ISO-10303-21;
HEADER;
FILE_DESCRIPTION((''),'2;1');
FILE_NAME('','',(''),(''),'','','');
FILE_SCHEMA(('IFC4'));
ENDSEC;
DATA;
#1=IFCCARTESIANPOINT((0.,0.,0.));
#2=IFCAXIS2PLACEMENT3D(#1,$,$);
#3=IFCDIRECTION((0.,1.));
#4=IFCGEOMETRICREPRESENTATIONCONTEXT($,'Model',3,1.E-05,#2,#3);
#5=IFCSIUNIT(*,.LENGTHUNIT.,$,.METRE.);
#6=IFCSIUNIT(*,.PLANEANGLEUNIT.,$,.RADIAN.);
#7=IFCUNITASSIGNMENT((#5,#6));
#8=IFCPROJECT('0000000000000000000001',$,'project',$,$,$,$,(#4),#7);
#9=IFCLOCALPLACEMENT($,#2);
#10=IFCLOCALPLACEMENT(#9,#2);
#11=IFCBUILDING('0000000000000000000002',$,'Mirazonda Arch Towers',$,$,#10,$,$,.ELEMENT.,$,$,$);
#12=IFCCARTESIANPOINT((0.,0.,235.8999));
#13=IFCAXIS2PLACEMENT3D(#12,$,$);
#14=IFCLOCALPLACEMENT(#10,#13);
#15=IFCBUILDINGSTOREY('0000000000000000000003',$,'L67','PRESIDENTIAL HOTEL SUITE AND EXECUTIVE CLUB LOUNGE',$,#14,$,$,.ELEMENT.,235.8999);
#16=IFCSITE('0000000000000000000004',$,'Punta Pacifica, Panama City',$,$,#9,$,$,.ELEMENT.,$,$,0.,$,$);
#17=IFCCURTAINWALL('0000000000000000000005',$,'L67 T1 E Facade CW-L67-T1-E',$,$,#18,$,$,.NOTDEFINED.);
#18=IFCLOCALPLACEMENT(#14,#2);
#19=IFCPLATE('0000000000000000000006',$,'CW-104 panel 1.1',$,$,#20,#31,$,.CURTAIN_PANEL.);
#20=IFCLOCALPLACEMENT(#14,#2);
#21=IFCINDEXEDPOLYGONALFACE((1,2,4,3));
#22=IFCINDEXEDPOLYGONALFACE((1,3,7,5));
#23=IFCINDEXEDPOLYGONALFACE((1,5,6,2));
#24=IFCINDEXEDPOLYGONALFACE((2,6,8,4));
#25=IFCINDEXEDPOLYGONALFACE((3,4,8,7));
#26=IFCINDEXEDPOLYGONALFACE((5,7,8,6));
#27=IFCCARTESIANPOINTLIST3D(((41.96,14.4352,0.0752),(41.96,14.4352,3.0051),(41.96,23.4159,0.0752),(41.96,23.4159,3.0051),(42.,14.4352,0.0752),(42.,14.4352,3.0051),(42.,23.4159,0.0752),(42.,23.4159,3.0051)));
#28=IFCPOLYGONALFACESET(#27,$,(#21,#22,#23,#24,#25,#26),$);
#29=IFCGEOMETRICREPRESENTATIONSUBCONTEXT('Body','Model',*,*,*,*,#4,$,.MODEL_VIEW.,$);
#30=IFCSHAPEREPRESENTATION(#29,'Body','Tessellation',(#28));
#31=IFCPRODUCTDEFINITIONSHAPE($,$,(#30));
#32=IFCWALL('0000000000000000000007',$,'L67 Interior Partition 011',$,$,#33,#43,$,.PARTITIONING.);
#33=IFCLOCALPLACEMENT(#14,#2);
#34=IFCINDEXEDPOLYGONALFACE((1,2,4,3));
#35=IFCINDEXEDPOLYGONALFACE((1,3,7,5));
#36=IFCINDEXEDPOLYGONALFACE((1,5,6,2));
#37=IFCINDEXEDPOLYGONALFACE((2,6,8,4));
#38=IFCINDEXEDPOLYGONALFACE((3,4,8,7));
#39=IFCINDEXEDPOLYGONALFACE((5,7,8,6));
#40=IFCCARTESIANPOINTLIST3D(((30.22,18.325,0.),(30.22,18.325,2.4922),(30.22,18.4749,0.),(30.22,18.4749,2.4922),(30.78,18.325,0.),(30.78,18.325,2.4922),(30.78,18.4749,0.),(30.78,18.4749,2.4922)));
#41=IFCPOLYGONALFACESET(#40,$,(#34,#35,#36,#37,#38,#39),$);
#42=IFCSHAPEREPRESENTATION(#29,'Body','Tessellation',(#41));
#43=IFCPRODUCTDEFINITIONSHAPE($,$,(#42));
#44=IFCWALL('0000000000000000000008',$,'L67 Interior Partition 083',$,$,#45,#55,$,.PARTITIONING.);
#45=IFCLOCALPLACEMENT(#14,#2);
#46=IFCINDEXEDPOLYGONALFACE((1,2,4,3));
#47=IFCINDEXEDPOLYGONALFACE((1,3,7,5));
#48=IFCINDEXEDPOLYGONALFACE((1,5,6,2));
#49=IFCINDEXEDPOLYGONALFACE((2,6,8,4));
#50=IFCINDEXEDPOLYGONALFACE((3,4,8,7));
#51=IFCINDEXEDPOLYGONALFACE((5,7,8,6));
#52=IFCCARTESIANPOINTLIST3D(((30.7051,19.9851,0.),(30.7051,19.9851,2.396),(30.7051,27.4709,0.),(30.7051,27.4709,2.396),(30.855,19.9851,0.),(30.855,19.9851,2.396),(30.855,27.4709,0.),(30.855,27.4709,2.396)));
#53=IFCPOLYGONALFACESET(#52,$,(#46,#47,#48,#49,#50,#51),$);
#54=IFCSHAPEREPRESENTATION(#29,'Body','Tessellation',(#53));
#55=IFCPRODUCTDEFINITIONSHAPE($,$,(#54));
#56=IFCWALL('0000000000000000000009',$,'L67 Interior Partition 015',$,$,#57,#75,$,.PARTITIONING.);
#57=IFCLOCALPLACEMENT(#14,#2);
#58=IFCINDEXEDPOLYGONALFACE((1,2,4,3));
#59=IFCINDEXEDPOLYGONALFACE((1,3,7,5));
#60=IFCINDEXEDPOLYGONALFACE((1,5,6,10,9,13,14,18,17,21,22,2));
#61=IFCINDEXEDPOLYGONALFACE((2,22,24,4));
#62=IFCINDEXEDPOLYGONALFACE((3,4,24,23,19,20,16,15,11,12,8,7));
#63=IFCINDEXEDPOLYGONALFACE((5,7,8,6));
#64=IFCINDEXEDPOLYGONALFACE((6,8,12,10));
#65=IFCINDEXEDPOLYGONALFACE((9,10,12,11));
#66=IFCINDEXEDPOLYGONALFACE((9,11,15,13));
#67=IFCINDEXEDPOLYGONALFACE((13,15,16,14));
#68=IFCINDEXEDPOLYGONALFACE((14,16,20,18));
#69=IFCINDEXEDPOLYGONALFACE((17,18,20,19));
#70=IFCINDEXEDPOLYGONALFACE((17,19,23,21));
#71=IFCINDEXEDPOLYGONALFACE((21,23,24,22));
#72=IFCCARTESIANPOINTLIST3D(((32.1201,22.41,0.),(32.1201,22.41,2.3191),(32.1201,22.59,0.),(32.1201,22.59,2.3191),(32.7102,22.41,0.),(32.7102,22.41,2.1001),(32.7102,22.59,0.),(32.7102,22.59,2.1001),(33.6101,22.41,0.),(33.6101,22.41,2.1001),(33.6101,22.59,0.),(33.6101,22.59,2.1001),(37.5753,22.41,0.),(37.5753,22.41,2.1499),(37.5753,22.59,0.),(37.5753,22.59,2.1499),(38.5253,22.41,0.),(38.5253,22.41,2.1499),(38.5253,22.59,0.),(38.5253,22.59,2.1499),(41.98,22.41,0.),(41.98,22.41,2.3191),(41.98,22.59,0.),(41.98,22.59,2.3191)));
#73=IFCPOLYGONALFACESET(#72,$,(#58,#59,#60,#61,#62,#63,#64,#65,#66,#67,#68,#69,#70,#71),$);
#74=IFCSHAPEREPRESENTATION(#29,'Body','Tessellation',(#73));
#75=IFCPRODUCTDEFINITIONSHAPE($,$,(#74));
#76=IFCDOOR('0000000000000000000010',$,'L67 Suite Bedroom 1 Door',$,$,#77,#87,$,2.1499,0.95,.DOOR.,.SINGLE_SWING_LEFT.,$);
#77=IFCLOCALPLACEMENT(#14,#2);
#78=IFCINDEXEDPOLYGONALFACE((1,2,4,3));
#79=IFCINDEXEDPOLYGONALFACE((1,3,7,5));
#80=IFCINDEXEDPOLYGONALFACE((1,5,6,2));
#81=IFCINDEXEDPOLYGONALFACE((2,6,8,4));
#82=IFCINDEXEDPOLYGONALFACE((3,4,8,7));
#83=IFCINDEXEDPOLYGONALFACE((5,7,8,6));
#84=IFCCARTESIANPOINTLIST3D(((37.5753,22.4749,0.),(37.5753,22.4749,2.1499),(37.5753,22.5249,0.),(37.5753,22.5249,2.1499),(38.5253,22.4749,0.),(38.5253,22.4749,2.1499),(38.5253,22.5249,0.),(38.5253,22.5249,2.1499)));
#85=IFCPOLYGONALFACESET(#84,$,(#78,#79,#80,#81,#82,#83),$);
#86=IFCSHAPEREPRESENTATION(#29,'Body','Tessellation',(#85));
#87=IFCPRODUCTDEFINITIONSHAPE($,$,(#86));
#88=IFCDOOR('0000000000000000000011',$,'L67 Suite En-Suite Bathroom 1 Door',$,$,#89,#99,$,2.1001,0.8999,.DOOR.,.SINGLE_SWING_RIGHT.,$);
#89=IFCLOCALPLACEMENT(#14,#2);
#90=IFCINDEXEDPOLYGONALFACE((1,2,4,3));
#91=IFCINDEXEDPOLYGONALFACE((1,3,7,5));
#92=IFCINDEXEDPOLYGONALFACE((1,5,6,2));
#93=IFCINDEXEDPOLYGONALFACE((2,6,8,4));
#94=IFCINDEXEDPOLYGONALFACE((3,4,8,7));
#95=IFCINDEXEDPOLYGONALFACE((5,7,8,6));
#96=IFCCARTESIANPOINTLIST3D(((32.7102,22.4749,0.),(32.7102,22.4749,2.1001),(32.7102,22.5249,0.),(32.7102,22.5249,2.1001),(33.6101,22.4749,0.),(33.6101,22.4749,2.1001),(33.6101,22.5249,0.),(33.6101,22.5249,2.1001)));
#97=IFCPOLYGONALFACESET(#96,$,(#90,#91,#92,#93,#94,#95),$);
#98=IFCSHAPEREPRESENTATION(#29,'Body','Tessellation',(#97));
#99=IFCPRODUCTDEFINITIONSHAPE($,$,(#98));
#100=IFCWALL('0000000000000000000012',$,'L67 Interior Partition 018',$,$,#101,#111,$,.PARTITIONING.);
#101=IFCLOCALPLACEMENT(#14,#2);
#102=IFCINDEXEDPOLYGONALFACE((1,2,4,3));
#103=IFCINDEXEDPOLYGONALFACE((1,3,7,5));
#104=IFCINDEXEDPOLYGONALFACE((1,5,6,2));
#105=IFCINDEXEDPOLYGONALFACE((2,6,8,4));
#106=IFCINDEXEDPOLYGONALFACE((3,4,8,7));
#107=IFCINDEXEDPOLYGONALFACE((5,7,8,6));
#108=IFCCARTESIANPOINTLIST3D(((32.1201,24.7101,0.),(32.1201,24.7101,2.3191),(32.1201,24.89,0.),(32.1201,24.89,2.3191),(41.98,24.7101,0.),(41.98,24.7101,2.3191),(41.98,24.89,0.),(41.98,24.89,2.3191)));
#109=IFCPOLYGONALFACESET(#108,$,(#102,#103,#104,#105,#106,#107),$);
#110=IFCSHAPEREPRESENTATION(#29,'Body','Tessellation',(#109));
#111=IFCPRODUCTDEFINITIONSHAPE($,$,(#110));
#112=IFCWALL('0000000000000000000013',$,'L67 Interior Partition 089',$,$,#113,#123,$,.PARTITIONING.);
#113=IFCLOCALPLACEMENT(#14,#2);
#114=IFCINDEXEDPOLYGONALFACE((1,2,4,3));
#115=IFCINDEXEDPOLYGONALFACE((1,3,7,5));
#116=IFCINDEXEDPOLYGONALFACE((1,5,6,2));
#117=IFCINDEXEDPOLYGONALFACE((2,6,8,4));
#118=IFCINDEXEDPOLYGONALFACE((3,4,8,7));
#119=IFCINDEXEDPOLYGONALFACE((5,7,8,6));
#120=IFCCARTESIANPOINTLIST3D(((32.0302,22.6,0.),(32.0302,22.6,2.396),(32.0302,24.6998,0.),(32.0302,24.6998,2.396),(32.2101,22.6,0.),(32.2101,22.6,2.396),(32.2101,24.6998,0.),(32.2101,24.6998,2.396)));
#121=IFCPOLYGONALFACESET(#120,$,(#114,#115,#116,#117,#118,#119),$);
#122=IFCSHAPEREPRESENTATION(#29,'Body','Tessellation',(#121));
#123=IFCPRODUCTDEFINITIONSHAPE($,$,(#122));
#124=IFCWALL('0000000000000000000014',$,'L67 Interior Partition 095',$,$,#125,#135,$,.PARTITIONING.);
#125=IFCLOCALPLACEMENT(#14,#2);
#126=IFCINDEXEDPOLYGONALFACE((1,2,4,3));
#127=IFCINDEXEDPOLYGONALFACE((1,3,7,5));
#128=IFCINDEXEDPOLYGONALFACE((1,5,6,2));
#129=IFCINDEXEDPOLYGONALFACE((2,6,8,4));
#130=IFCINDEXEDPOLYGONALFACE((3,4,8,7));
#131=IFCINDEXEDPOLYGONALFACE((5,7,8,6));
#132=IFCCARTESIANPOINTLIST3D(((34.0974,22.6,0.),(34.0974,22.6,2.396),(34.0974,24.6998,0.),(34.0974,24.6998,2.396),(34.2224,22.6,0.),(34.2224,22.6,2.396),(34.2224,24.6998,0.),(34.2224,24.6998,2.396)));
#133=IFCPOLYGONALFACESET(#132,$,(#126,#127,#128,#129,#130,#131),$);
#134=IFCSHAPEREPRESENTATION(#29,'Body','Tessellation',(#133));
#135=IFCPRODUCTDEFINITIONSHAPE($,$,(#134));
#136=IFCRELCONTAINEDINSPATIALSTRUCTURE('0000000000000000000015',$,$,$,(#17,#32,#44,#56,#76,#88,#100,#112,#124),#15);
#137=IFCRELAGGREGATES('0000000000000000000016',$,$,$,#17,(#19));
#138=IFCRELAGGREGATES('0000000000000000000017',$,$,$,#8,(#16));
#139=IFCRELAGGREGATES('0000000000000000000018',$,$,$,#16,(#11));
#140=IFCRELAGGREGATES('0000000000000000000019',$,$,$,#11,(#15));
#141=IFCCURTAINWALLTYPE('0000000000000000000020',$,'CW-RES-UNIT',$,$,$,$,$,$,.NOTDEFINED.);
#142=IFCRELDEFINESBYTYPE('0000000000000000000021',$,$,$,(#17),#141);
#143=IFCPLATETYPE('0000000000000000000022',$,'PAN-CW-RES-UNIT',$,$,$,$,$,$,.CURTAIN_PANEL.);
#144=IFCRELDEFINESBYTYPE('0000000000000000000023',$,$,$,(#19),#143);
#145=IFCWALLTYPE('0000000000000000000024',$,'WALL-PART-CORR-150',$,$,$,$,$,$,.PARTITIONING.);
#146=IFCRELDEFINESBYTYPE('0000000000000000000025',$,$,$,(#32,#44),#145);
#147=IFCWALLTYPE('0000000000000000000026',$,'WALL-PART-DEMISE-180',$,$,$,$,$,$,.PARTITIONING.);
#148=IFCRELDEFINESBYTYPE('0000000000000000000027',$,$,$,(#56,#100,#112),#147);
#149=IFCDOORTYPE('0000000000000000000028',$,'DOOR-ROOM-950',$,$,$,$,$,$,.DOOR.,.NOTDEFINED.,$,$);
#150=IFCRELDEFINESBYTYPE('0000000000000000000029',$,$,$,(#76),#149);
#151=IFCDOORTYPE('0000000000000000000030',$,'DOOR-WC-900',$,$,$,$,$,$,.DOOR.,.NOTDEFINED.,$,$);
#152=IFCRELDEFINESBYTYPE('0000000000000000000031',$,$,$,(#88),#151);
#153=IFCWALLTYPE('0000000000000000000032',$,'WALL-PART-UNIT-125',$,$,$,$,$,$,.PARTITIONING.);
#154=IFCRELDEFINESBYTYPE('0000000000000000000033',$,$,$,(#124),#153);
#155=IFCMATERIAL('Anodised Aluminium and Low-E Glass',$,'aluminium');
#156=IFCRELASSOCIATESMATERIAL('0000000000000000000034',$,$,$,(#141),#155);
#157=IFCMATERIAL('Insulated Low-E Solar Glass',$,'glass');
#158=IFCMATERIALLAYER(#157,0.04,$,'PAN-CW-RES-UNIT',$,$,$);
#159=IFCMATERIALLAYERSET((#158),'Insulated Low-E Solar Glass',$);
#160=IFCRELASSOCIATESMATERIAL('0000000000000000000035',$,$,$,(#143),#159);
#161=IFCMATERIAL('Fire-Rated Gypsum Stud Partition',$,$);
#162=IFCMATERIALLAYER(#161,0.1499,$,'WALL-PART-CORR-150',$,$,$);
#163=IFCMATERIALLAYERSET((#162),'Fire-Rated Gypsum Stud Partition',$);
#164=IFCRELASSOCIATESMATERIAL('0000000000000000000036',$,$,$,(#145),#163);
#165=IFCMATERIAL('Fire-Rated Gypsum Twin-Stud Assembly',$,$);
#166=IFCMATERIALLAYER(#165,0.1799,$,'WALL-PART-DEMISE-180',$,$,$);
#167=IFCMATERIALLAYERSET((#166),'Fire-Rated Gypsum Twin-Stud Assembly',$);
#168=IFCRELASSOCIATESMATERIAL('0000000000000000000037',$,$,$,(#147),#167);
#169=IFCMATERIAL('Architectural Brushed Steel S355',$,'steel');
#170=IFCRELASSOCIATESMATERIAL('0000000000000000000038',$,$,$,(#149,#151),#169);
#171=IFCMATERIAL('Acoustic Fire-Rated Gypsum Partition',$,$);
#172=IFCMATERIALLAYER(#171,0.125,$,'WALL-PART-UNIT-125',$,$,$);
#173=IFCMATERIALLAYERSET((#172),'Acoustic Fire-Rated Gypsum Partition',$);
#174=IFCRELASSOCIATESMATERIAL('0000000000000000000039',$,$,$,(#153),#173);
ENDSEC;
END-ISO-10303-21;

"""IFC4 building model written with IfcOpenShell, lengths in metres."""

from ifc_helpers import new_model, si_unit, direction, frame, frame_2d, origin, origin_2d, place, context, subcontext, project, spatial, rectangle, extrude, material, layer, layer_set, type_object, element, fill, aggregate, save


model = new_model("IFC4")

# Units and contexts
model_context = context("Model", 3, precision=1e-05, world=origin(), true_north=direction((0.0, 1.0)))
body_context = subcontext(model_context, "Body", "Model", "MODEL_VIEW")
ifc_project = project(units=[si_unit("LENGTHUNIT", "METRE"), si_unit("PLANEANGLEUNIT", "RADIAN")], contexts=[model_context])

# Site, building, storey
site_placement = place(None, origin())
site = spatial("IfcSite", under=ifc_project, at=site_placement, Name="Punta Pacifica, Panama City", CompositionType="ELEMENT", RefElevation=0.0)
building_placement = place(site_placement, origin())
building = spatial("IfcBuilding", under=site, at=building_placement, Name="Mirazonda Arch Towers", CompositionType="ELEMENT")
storey_placement = place(building_placement, frame((0.0, 0.0, 235.8999)))
storey = spatial("IfcBuildingStorey", under=building, at=storey_placement, Name="L67", Description="PRESIDENTIAL HOTEL SUITE AND EXECUTIVE CLUB LOUNGE", CompositionType="ELEMENT", Elevation=235.8999)

# Curtain wall, plate
ifc_material_1 = material(Name="Anodised Aluminium and Low-E Glass", Category="aluminium")
curtain_wall_type = type_object("IfcCurtainWallType", Name="CW-RES-UNIT", PredefinedType="NOTDEFINED", material=ifc_material_1)
curtain_wall_placement = place(storey_placement, origin())
curtain_wall = element("IfcCurtainWall", 1, at=curtain_wall_placement, inside=storey, type_object=curtain_wall_type, Name="L67 T1 E Facade CW-L67-T1-E", PredefinedType="NOTDEFINED")
ifc_material_2 = material(Name="Insulated Low-E Solar Glass", Category="glass")
ifc_layer_1 = layer(ifc_material_2, 0.04, Name="PAN-CW-RES-UNIT")
ifc_layer_set_1 = layer_set([ifc_layer_1], Name="Insulated Low-E Solar Glass")
plate_type = type_object("IfcPlateType", Name="PAN-CW-RES-UNIT", PredefinedType="CURTAIN_PANEL", material=ifc_layer_set_1)
plate_placement = place(storey_placement, frame((41.98, 18.9255, 0.0752), z_axis=(0.0, 0.0, 1.0), x_axis=(0.0, 1.0, 0.0)))
plate = element("IfcPlate", 2, at=plate_placement, type_object=plate_type, Name="CW-104 panel 1.1", PredefinedType="CURTAIN_PANEL", context=body_context, shape_type="SweptSolid", body=[
    extrude(rectangle(XDim=8.9807, YDim=0.04, at=origin_2d()), origin(), (0.0, 0.0, 1.0), 2.9299),
])
aggregate(curtain_wall, [plate])

# Walls
ifc_material_3 = material(Name="Fire-Rated Gypsum Stud Partition")
ifc_layer_2 = layer(ifc_material_3, 0.1499, Name="WALL-PART-CORR-150")
ifc_layer_set_2 = layer_set([ifc_layer_2], Name="Fire-Rated Gypsum Stud Partition")
wall_type_1 = type_object("IfcWallType", Name="WALL-PART-CORR-150", PredefinedType="PARTITIONING", material=ifc_layer_set_2)
wall_1_placement = place(storey_placement, frame((30.22, 18.3999, 0.0), z_axis=(0.0, 0.0, 1.0), x_axis=(1.0, 0.0, 0.0)))
element("IfcWall", 3, at=wall_1_placement, inside=storey, type_object=wall_type_1, Name="L67 Interior Partition 011", PredefinedType="PARTITIONING", context=body_context, shape_type="SweptSolid", body=[
    extrude(rectangle(XDim=0.5601, YDim=0.1499, at=frame_2d((0.28, 0.0))), origin(), (0.0, 0.0, 1.0), 2.4922),
])
wall_2_placement = place(storey_placement, frame((30.78, 19.9851, 0.0), z_axis=(0.0, 0.0, 1.0), x_axis=(0.0, 1.0, 0.0)))
element("IfcWall", 4, at=wall_2_placement, inside=storey, type_object=wall_type_1, Name="L67 Interior Partition 083", PredefinedType="PARTITIONING", context=body_context, shape_type="SweptSolid", body=[
    extrude(rectangle(XDim=7.4858, YDim=0.1499, at=frame_2d((3.7429, 0.0))), origin(), (0.0, 0.0, 1.0), 2.396),
])

# Wall, openings, doors
ifc_material_4 = material(Name="Fire-Rated Gypsum Twin-Stud Assembly")
ifc_layer_3 = layer(ifc_material_4, 0.1799, Name="WALL-PART-DEMISE-180")
ifc_layer_set_3 = layer_set([ifc_layer_3], Name="Fire-Rated Gypsum Twin-Stud Assembly")
wall_type_2 = type_object("IfcWallType", Name="WALL-PART-DEMISE-180", PredefinedType="PARTITIONING", material=ifc_layer_set_3)
wall_3_placement = place(storey_placement, frame((32.1201, 22.5, 0.0), z_axis=(0.0, 0.0, 1.0), x_axis=(1.0, 0.0, 0.0)))
wall_3 = element("IfcWall", 5, at=wall_3_placement, inside=storey, type_object=wall_type_2, Name="L67 Interior Partition 015", PredefinedType="PARTITIONING", context=body_context, shape_type="SweptSolid", body=[
    extrude(rectangle(XDim=9.8599, YDim=0.1799, at=frame_2d((4.9299, 0.0))), origin(), (0.0, 0.0, 1.0), 2.3191),
])
opening_1_placement = place(wall_3_placement, frame((5.4551, 0.0, 0.0)))
opening_1 = element("IfcOpeningElement", 6, at=opening_1_placement, cuts=wall_3, PredefinedType="OPENING", context=body_context, shape_type="SweptSolid", body=[
    extrude(rectangle(XDim=0.95, YDim=2.1499, at=frame_2d((0.4751, 1.075))), frame((0.0, 0.0999, 0.0), z_axis=(0.0, -1.0, 0.0), x_axis=(1.0, 0.0, 0.0)), (0.0, 0.0, 1.0), 0.2),
])
opening_2_placement = place(wall_3_placement, frame((0.5901, 0.0, 0.0)))
opening_2 = element("IfcOpeningElement", 7, at=opening_2_placement, cuts=wall_3, PredefinedType="OPENING", context=body_context, shape_type="SweptSolid", body=[
    extrude(rectangle(XDim=0.8999, YDim=2.1001, at=frame_2d((0.45, 1.05))), frame((0.0, 0.0999, 0.0), z_axis=(0.0, -1.0, 0.0), x_axis=(1.0, 0.0, 0.0)), (0.0, 0.0, 1.0), 0.2),
])
ifc_material_5 = material(Name="Architectural Brushed Steel S355", Category="steel")
door_type_1 = type_object("IfcDoorType", Name="DOOR-ROOM-950", OperationType="NOTDEFINED", PredefinedType="DOOR", material=ifc_material_5)
door_1_placement = place(opening_1_placement, origin())
door_1 = element("IfcDoor", 8, at=door_1_placement, inside=storey, type_object=door_type_1, Name="L67 Suite Bedroom 1 Door", OperationType="SINGLE_SWING_LEFT", OverallHeight=2.1499, OverallWidth=0.95, PredefinedType="DOOR", context=body_context, shape_type="SweptSolid", body=[
    extrude(rectangle(XDim=0.95, YDim=2.1499, at=frame_2d((0.4751, 1.075))), frame((0.0, 0.0249, 0.0), z_axis=(0.0, -1.0, 0.0), x_axis=(1.0, 0.0, 0.0)), (0.0, 0.0, 1.0), 0.05),
])
fill(opening_1, door_1)
door_type_2 = type_object("IfcDoorType", Name="DOOR-WC-900", OperationType="NOTDEFINED", PredefinedType="DOOR", material=ifc_material_5)
door_2_placement = place(opening_2_placement, origin())
door_2 = element("IfcDoor", 9, at=door_2_placement, inside=storey, type_object=door_type_2, Name="L67 Suite En-Suite Bathroom 1 Door", OperationType="SINGLE_SWING_RIGHT", OverallHeight=2.1001, OverallWidth=0.8999, PredefinedType="DOOR", context=body_context, shape_type="SweptSolid", body=[
    extrude(rectangle(XDim=0.8999, YDim=2.1001, at=frame_2d((0.45, 1.05))), frame((0.0, 0.0249, 0.0), z_axis=(0.0, -1.0, 0.0), x_axis=(1.0, 0.0, 0.0)), (0.0, 0.0, 1.0), 0.05),
])
fill(opening_2, door_2)

# Walls
wall_4_placement = place(storey_placement, frame((32.1201, 24.8, 0.0), z_axis=(0.0, 0.0, 1.0), x_axis=(1.0, 0.0, 0.0)))
element("IfcWall", 10, at=wall_4_placement, inside=storey, type_object=wall_type_2, Name="L67 Interior Partition 018", PredefinedType="PARTITIONING", context=body_context, shape_type="SweptSolid", body=[
    extrude(rectangle(XDim=9.8599, YDim=0.1799, at=frame_2d((4.9299, 0.0))), origin(), (0.0, 0.0, 1.0), 2.3191),
])
wall_5_placement = place(storey_placement, frame((32.1201, 22.6001, 0.0), z_axis=(0.0, 0.0, 1.0), x_axis=(0.0, 1.0, 0.0)))
element("IfcWall", 11, at=wall_5_placement, inside=storey, type_object=wall_type_2, Name="L67 Interior Partition 089", PredefinedType="PARTITIONING", context=body_context, shape_type="SweptSolid", body=[
    extrude(rectangle(XDim=2.0999, YDim=0.1799, at=frame_2d((1.0498, 0.0))), origin(), (0.0, 0.0, 1.0), 2.396),
])
ifc_material_6 = material(Name="Acoustic Fire-Rated Gypsum Partition")
ifc_layer_4 = layer(ifc_material_6, 0.125, Name="WALL-PART-UNIT-125")
ifc_layer_set_4 = layer_set([ifc_layer_4], Name="Acoustic Fire-Rated Gypsum Partition")
wall_type_3 = type_object("IfcWallType", Name="WALL-PART-UNIT-125", PredefinedType="PARTITIONING", material=ifc_layer_set_4)
wall_6_placement = place(storey_placement, frame((34.1599, 22.6001, 0.0), z_axis=(0.0, 0.0, 1.0), x_axis=(0.0, 1.0, 0.0)))
element("IfcWall", 12, at=wall_6_placement, inside=storey, type_object=wall_type_3, Name="L67 Interior Partition 095", PredefinedType="PARTITIONING", context=body_context, shape_type="SweptSolid", body=[
    extrude(rectangle(XDim=2.0999, YDim=0.125, at=frame_2d((1.0498, 0.0))), origin(), (0.0, 0.0, 1.0), 2.396),
])

save(model, "model.ifc")
